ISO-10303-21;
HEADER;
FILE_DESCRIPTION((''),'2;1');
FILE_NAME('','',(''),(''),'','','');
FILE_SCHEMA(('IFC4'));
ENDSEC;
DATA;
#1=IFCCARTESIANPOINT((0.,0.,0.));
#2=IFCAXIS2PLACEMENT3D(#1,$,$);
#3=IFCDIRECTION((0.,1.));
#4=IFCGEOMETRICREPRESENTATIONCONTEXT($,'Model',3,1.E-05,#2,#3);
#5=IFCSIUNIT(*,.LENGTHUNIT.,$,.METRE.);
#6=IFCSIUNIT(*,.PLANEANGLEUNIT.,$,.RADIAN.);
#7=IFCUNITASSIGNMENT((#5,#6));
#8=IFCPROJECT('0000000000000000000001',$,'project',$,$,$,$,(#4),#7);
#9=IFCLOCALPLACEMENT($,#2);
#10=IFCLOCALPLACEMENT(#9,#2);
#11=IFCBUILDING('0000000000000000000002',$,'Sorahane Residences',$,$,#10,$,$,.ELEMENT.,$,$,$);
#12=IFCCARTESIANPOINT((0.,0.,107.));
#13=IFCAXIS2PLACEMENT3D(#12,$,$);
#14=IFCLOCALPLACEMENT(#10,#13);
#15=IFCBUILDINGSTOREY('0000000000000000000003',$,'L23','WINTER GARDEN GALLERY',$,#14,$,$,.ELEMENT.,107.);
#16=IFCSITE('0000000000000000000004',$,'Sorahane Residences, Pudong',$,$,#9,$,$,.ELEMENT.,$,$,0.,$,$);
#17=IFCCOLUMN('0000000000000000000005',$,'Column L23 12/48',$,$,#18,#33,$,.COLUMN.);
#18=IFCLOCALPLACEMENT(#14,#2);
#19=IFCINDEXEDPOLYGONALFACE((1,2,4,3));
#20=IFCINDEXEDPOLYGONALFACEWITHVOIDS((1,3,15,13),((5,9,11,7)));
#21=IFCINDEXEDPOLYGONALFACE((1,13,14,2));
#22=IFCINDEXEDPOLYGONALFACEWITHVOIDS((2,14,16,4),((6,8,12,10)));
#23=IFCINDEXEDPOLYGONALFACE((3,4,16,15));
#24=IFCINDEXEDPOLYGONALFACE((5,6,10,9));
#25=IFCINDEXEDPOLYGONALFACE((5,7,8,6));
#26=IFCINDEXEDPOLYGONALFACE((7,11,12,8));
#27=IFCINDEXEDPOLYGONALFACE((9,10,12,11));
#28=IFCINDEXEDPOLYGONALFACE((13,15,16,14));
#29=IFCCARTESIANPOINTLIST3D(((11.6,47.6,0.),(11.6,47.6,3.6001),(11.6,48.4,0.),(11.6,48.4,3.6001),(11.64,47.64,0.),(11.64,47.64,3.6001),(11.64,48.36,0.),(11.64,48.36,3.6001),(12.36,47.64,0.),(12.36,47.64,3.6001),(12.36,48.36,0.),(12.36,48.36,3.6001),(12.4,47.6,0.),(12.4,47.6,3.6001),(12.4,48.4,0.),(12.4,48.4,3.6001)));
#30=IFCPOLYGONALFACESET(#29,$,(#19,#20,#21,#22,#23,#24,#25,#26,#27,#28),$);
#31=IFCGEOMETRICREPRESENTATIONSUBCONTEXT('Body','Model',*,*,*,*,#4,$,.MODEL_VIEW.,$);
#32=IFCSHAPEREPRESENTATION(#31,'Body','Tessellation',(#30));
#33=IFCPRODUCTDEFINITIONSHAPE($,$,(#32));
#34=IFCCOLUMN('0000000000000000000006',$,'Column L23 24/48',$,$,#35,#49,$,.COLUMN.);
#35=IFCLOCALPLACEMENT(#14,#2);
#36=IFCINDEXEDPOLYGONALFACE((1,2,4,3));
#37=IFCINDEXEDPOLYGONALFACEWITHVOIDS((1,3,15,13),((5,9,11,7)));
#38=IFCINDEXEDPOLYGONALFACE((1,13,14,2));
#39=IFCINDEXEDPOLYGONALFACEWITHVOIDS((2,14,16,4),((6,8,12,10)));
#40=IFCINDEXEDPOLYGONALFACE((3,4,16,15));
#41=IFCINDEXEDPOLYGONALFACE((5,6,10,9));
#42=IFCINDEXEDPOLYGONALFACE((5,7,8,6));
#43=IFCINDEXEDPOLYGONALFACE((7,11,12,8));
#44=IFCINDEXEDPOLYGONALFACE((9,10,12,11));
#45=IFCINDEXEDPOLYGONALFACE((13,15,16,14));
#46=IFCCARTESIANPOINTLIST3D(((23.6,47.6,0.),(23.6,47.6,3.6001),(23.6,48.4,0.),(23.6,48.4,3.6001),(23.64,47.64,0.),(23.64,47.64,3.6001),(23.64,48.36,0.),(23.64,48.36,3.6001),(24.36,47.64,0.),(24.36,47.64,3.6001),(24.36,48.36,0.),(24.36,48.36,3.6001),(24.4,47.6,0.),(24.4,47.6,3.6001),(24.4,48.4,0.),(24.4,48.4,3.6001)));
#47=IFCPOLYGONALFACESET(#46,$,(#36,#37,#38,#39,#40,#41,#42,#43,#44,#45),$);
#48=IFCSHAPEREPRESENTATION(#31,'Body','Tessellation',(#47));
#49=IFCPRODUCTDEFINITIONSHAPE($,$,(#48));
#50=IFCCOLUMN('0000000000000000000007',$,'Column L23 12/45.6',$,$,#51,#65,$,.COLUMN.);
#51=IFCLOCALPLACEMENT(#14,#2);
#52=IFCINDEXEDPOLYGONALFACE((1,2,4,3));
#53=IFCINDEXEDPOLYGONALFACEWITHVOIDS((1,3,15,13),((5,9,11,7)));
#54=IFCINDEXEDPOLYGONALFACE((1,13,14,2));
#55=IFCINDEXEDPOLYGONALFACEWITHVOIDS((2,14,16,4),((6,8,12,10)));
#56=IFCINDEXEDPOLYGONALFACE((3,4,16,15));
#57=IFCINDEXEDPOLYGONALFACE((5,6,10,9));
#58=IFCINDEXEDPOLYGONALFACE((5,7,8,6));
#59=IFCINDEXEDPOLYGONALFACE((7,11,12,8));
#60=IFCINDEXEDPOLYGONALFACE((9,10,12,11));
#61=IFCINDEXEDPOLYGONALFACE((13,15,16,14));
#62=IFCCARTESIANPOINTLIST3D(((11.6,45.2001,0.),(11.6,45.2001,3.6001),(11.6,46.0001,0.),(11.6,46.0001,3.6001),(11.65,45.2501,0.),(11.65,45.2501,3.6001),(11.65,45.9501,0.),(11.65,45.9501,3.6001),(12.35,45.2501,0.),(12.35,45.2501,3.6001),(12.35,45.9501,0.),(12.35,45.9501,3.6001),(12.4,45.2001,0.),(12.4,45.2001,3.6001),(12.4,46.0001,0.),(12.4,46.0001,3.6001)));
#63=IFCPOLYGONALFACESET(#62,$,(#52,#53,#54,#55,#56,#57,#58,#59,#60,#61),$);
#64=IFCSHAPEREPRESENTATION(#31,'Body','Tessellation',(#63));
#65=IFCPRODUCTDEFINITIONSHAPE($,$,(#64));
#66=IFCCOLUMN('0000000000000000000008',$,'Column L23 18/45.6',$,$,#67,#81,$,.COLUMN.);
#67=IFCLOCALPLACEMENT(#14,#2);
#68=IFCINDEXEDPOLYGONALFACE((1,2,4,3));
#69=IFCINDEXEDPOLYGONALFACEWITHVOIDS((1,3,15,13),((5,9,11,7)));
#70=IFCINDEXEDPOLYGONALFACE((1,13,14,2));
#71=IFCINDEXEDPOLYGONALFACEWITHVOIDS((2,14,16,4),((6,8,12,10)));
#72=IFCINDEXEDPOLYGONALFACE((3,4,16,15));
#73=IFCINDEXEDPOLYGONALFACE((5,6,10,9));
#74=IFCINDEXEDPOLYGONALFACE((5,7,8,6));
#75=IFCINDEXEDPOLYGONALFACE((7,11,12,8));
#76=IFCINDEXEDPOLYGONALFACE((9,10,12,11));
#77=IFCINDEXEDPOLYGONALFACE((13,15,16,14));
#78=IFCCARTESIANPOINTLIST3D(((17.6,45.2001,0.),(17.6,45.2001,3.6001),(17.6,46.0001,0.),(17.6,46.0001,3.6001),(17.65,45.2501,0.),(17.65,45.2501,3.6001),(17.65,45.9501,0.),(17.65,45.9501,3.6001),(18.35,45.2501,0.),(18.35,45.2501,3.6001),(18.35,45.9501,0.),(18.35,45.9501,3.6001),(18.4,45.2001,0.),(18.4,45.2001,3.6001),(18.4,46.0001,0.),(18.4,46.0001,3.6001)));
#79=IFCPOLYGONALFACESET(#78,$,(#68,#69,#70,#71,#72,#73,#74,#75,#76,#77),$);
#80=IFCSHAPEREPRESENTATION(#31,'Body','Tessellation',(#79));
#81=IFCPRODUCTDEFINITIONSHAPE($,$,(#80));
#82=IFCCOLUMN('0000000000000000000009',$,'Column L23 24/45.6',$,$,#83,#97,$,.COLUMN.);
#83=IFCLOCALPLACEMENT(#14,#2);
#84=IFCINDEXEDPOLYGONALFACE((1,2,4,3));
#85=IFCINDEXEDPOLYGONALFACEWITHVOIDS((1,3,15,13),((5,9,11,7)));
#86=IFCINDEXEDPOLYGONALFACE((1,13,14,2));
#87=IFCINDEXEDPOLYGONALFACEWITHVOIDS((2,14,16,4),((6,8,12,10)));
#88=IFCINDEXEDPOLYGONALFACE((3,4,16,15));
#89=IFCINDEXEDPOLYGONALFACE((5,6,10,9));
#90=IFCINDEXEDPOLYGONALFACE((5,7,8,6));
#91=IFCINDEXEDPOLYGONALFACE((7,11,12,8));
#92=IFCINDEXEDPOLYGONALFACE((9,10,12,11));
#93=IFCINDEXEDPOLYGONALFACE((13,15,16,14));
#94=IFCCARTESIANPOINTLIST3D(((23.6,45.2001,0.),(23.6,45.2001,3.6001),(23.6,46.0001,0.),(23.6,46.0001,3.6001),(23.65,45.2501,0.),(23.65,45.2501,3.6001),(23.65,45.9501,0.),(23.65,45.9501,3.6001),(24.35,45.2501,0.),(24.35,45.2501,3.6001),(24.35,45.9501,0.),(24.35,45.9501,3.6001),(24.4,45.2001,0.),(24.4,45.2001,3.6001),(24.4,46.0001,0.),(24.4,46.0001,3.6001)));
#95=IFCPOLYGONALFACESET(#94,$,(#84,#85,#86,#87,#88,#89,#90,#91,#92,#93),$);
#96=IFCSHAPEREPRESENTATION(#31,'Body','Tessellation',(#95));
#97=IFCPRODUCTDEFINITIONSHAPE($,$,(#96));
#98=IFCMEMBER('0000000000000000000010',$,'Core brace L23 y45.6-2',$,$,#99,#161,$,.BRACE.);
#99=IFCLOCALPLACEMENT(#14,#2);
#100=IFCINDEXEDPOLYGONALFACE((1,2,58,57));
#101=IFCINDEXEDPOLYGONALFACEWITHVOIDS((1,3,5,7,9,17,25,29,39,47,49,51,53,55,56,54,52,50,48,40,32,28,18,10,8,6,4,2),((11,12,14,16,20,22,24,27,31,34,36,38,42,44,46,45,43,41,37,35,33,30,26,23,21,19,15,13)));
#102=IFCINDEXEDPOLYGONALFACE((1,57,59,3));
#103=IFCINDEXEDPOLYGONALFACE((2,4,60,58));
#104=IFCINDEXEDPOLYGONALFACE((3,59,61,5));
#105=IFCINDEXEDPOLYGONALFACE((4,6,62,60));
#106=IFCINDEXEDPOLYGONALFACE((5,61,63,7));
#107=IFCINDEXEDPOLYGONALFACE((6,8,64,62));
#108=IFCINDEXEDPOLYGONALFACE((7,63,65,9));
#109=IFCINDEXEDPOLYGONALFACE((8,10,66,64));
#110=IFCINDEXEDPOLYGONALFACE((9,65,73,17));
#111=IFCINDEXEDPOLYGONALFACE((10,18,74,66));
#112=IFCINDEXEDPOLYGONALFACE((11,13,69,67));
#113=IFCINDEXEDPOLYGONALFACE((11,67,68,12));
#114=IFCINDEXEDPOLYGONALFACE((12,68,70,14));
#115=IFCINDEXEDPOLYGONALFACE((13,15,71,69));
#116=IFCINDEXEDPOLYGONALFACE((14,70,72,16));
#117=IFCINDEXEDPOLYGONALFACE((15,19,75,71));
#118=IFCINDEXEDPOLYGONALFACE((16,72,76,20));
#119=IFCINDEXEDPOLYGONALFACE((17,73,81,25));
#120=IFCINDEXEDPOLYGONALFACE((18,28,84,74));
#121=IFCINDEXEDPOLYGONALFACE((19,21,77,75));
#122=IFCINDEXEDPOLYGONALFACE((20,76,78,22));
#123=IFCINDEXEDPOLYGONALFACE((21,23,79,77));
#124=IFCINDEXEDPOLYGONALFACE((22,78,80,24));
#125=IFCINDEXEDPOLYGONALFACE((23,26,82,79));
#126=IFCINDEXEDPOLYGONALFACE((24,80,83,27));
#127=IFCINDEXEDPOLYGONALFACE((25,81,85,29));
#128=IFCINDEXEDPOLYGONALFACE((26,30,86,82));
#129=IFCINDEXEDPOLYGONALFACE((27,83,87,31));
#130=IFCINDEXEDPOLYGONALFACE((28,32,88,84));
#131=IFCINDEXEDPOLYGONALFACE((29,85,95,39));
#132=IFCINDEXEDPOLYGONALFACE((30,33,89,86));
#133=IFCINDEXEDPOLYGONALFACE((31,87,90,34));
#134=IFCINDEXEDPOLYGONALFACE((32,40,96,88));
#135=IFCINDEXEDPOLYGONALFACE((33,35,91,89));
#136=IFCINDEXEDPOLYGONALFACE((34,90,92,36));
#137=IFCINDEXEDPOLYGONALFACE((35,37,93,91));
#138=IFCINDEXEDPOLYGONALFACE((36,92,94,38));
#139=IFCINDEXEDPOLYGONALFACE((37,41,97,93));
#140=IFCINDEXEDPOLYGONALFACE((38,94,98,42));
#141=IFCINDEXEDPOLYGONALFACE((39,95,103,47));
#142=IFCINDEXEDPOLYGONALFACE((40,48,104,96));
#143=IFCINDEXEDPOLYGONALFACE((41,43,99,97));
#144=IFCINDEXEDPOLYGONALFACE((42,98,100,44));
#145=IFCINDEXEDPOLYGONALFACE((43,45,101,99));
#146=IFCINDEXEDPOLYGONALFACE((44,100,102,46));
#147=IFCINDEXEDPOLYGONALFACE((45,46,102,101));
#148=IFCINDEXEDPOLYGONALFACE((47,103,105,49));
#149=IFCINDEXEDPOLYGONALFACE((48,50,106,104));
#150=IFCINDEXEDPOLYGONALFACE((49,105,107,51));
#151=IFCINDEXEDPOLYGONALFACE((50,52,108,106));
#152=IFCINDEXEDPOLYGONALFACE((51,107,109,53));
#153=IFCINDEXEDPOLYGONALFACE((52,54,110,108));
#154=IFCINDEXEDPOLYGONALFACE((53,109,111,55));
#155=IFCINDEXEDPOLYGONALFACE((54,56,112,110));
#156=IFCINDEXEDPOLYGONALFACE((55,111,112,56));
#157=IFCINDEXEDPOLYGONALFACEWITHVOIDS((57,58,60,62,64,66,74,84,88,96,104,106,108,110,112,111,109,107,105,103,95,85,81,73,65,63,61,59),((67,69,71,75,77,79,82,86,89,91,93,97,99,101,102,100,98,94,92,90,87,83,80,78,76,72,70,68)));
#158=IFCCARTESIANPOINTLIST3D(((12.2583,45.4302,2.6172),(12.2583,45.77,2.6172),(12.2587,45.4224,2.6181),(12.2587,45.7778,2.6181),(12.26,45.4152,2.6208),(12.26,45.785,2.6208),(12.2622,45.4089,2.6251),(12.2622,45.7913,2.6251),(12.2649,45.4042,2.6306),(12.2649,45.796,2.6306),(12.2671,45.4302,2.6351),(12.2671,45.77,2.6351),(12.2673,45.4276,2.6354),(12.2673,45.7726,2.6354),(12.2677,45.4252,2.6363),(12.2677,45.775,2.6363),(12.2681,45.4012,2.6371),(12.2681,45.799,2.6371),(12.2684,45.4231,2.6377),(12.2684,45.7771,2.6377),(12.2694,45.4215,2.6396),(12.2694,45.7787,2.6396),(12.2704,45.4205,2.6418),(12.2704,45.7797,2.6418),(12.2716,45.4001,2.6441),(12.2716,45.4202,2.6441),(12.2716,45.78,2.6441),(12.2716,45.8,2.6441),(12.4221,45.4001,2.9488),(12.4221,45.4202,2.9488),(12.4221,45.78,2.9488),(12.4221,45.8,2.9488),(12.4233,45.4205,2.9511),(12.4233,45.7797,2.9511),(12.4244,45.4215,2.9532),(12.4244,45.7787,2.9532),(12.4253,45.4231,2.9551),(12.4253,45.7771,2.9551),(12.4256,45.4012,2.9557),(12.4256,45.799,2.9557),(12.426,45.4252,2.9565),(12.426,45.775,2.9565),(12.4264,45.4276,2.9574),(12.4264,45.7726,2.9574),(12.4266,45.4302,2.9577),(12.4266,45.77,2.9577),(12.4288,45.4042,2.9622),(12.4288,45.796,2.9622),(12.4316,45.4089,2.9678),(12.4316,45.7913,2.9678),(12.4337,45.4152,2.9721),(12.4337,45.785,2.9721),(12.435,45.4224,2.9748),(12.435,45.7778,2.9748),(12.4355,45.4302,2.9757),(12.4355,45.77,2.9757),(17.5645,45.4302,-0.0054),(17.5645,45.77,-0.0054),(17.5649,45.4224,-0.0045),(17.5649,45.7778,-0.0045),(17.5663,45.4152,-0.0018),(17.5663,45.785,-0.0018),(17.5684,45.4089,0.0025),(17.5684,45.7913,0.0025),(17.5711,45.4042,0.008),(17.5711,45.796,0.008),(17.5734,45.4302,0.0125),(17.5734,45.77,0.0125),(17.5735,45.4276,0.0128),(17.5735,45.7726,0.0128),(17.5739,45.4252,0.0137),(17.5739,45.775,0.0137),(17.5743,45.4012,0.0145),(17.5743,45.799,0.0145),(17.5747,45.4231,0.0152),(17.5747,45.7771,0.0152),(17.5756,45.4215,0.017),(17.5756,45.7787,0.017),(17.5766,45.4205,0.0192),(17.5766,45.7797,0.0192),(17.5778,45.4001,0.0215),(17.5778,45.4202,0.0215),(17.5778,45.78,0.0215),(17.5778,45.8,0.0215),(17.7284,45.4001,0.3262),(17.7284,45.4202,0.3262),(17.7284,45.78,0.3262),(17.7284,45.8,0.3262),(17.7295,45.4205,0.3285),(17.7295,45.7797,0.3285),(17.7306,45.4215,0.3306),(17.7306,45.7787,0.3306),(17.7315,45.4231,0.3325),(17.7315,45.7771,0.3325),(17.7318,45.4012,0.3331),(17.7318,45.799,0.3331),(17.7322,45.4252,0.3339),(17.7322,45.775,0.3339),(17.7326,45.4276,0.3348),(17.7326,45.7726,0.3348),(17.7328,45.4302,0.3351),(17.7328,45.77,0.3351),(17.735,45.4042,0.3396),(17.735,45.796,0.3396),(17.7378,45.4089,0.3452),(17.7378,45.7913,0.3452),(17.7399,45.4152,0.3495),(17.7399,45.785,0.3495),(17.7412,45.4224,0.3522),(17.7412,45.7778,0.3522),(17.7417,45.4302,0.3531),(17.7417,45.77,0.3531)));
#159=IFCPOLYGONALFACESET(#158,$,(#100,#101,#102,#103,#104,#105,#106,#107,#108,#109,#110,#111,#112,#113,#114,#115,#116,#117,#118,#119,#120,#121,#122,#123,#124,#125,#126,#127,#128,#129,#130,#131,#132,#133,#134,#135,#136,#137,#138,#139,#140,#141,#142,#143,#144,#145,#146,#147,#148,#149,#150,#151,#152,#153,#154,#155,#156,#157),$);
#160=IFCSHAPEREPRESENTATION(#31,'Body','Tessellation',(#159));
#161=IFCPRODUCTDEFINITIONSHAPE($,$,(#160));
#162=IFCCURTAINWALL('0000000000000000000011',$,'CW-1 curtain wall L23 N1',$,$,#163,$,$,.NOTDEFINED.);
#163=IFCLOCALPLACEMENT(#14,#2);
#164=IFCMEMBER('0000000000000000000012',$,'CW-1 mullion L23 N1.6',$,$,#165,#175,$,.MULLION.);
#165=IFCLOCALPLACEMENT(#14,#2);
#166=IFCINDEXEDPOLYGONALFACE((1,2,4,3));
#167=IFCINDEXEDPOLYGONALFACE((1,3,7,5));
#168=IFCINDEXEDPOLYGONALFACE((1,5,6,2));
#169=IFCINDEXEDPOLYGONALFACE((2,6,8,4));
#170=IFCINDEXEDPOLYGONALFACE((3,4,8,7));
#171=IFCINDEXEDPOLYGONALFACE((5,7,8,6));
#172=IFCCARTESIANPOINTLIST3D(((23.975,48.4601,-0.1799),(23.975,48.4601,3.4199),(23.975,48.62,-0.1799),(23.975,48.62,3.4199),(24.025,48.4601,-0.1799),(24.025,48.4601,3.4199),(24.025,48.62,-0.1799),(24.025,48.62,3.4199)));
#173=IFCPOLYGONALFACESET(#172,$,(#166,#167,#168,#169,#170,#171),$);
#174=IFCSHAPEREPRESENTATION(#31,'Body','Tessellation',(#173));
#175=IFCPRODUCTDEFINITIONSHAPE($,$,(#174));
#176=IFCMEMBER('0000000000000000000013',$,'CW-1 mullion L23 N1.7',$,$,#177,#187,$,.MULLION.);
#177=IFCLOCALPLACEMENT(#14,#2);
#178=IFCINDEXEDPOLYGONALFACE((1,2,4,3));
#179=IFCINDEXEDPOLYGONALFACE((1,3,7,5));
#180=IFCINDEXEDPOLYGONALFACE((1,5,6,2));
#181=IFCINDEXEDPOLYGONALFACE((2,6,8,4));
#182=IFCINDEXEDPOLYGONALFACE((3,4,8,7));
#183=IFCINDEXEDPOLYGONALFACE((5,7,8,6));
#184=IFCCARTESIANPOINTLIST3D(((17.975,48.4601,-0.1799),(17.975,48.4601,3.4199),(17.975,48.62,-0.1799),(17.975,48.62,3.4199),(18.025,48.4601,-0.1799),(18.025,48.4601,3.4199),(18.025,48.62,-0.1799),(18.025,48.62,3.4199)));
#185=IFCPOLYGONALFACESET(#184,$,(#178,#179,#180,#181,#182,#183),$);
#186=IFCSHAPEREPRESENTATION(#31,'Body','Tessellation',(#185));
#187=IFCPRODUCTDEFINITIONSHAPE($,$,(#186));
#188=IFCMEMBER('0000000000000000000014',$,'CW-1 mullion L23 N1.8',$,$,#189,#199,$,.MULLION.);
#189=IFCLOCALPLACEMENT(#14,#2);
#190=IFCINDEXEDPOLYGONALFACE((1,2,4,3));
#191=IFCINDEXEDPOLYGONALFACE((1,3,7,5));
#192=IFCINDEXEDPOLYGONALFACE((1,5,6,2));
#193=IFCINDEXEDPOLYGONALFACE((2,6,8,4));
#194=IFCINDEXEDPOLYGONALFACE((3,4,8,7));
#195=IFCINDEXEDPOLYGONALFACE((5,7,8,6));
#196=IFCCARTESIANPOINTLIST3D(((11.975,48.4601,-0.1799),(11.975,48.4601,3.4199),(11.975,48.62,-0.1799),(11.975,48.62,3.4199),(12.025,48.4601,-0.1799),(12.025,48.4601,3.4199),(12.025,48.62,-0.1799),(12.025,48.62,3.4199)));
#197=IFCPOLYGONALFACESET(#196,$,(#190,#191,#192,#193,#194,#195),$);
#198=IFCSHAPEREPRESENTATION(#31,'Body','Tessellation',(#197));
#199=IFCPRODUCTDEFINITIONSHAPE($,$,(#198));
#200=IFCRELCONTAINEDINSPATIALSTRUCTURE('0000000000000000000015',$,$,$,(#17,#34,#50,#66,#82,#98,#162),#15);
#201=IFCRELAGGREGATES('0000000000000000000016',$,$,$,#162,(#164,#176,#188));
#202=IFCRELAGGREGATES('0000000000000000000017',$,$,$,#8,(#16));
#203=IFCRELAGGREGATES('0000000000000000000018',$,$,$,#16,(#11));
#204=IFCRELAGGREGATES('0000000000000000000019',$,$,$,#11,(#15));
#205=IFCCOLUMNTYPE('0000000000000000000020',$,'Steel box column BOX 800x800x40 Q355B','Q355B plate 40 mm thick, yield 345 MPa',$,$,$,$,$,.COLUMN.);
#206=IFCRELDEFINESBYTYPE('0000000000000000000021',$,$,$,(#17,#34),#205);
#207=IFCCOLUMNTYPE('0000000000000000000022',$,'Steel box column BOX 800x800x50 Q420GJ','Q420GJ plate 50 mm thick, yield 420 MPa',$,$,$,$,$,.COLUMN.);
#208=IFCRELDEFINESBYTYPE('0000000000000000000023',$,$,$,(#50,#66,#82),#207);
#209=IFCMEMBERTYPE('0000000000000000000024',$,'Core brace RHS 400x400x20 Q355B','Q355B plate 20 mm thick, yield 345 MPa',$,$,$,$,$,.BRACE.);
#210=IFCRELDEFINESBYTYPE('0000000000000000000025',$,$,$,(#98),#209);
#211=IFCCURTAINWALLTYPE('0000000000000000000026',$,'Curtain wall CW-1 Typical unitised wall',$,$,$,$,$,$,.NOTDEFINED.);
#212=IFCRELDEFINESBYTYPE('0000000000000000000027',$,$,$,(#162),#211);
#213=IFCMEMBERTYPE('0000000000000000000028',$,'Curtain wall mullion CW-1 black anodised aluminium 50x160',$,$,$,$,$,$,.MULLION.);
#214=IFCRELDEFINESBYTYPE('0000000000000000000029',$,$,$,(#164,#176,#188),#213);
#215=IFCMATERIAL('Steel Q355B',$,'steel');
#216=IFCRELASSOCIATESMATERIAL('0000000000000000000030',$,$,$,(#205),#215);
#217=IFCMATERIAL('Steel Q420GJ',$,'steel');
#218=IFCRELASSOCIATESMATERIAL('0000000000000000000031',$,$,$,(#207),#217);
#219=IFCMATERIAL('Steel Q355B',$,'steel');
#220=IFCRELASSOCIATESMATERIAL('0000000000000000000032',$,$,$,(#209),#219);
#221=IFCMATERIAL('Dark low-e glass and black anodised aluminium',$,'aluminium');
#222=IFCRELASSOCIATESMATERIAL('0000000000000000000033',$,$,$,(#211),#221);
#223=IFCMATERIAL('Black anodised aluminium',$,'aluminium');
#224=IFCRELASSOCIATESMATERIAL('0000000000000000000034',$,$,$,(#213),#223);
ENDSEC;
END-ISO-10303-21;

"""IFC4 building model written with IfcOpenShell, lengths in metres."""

from ifc_helpers import new_model, si_unit, direction, frame, origin, origin_2d, place, context, subcontext, project, spatial, rectangle, hollow_rectangle, extrude, material, material_profile, profile_set, type_object, element, aggregate, save


model = new_model("IFC4")

# Units and contexts
model_context = context("Model", 3, precision=1e-05, world=origin(), true_north=direction((0.0, 1.0)))
body_context = subcontext(model_context, "Body", "Model", "MODEL_VIEW")
ifc_project = project(units=[si_unit("LENGTHUNIT", "METRE"), si_unit("PLANEANGLEUNIT", "RADIAN")], contexts=[model_context])

# Site, building, storey
site_placement = place(None, origin())
site = spatial("IfcSite", under=ifc_project, at=site_placement, Name="Sorahane Residences, Pudong", CompositionType="ELEMENT", RefElevation=0.0)
building_placement = place(site_placement, origin())
building = spatial("IfcBuilding", under=site, at=building_placement, Name="Sorahane Residences", CompositionType="ELEMENT")
storey_placement = place(building_placement, frame((0.0, 0.0, 107.0)))
storey = spatial("IfcBuildingStorey", under=building, at=storey_placement, Name="L23", Description="WINTER GARDEN GALLERY", CompositionType="ELEMENT", Elevation=107.0)

# Columns
ifc_material_1 = material(Name="Steel Q355B", Category="steel")
ifc_material_profile_1 = material_profile(ifc_material_1, hollow_rectangle(XDim=0.8, YDim=0.8, WallThickness=0.04, at=origin_2d()), Name="BOX 800x800x40")
ifc_profile_set_1 = profile_set([ifc_material_profile_1], Name="Steel Q355B")
column_type_1 = type_object("IfcColumnType", Name="Steel box column BOX 800x800x40 Q355B", Description="Q355B plate 40 mm thick, yield 345 MPa", PredefinedType="COLUMN", material=ifc_profile_set_1)
for number, where, z_axis, x_axis, name in (
    (1, (12.0, 48.0, 0.0), (0.0, 0.0, 1.0), (1.0, 0.0, 0.0), "Column L23 12/48"),
    (2, (24.0, 48.0, 0.0), (0.0, 0.0, 1.0), (1.0, 0.0, 0.0), "Column L23 24/48"),
):
    element("IfcColumn", number, at=place(storey_placement, frame(where, z_axis=z_axis, x_axis=x_axis)), inside=storey, type_object=column_type_1, Name=name, PredefinedType="COLUMN", context=body_context, shape_type="SweptSolid", body=[
        extrude(hollow_rectangle(XDim=0.8, YDim=0.8, WallThickness=0.04, at=origin_2d()), origin(), (0.0, 0.0, 1.0), 3.6001),
    ])
ifc_material_2 = material(Name="Steel Q420GJ", Category="steel")
ifc_material_profile_2 = material_profile(ifc_material_2, hollow_rectangle(XDim=0.8, YDim=0.8, WallThickness=0.05, at=origin_2d()), Name="BOX 800x800x50")
ifc_profile_set_2 = profile_set([ifc_material_profile_2], Name="Steel Q420GJ")
column_type_2 = type_object("IfcColumnType", Name="Steel box column BOX 800x800x50 Q420GJ", Description="Q420GJ plate 50 mm thick, yield 420 MPa", PredefinedType="COLUMN", material=ifc_profile_set_2)
for number, where, z_axis, x_axis, name in (
    (3, (12.0, 45.6001, 0.0), (0.0, 0.0, 1.0), (1.0, 0.0, 0.0), "Column L23 12/45.6"),
    (4, (18.0, 45.6001, 0.0), (0.0, 0.0, 1.0), (1.0, 0.0, 0.0), "Column L23 18/45.6"),
    (5, (24.0, 45.6001, 0.0), (0.0, 0.0, 1.0), (1.0, 0.0, 0.0), "Column L23 24/45.6"),
):
    element("IfcColumn", number, at=place(storey_placement, frame(where, z_axis=z_axis, x_axis=x_axis)), inside=storey, type_object=column_type_2, Name=name, PredefinedType="COLUMN", context=body_context, shape_type="SweptSolid", body=[
        extrude(hollow_rectangle(XDim=0.8, YDim=0.8, WallThickness=0.05, at=origin_2d()), origin(), (0.0, 0.0, 1.0), 3.6001),
    ])

# Member
ifc_material_3 = material(Name="Steel Q355B", Category="steel")
ifc_material_profile_3 = material_profile(ifc_material_3, hollow_rectangle(XDim=0.3999, YDim=0.3999, WallThickness=0.02, InnerFilletRadius=0.01, OuterFilletRadius=0.03, at=origin_2d()), Name="RHS 400x400x20")
ifc_profile_set_3 = profile_set([ifc_material_profile_3], Name="Steel Q355B")
member_type_1 = type_object("IfcMemberType", Name="Core brace RHS 400x400x20 Q355B", Description="Q355B plate 20 mm thick, yield 345 MPa", PredefinedType="BRACE", material=ifc_profile_set_3)
member_1_placement = place(storey_placement, frame((17.6531, 45.6001, 0.1738), z_axis=(-0.89648, 0.0, 0.443084), x_axis=(0.0, -1.0, 0.0)))
element("IfcMember", 6, at=member_1_placement, inside=storey, type_object=member_type_1, Name="Core brace L23 y45.6-2", PredefinedType="BRACE", context=body_context, shape_type="SweptSolid", body=[
    extrude(hollow_rectangle(XDim=0.3999, YDim=0.3999, WallThickness=0.02, InnerFilletRadius=0.01, OuterFilletRadius=0.03, at=origin_2d()), origin(), (0.0, 0.0, 1.0), 5.9189),
])

# Curtain wall, members
ifc_material_4 = material(Name="Dark low-e glass and black anodised aluminium", Category="aluminium")
curtain_wall_type = type_object("IfcCurtainWallType", Name="Curtain wall CW-1 Typical unitised wall", PredefinedType="NOTDEFINED", material=ifc_material_4)
curtain_wall_placement = place(storey_placement, origin())
curtain_wall = element("IfcCurtainWall", 7, at=curtain_wall_placement, inside=storey, type_object=curtain_wall_type, Name="CW-1 curtain wall L23 N1", PredefinedType="NOTDEFINED")
ifc_material_5 = material(Name="Black anodised aluminium", Category="aluminium")
ifc_material_profile_4 = material_profile(ifc_material_5, rectangle(XDim=0.1599, YDim=0.05, at=origin_2d()), Name="Curtain wall mullion CW-1 black anodised aluminium 50x160")
ifc_profile_set_4 = profile_set([ifc_material_profile_4], Name="Black anodised aluminium")
member_type_2 = type_object("IfcMemberType", Name="Curtain wall mullion CW-1 black anodised aluminium 50x160", PredefinedType="MULLION", material=ifc_profile_set_4)
member_2_placement = place(storey_placement, frame((24.0, 48.54, -0.1799), z_axis=(0.0, 0.0, 1.0), x_axis=(0.0, 1.0, 0.0)))
member_2 = element("IfcMember", 8, at=member_2_placement, type_object=member_type_2, Name="CW-1 mullion L23 N1.6", PredefinedType="MULLION", context=body_context, shape_type="SweptSolid", body=[
    extrude(rectangle(XDim=0.1599, YDim=0.05, at=origin_2d()), origin(), (0.0, 0.0, 1.0), 3.5999),
])
member_3_placement = place(storey_placement, frame((18.0, 48.54, -0.1799), z_axis=(0.0, 0.0, 1.0), x_axis=(0.0, 1.0, 0.0)))
member_3 = element("IfcMember", 9, at=member_3_placement, type_object=member_type_2, Name="CW-1 mullion L23 N1.7", PredefinedType="MULLION", context=body_context, shape_type="SweptSolid", body=[
    extrude(rectangle(XDim=0.1599, YDim=0.05, at=origin_2d()), origin(), (0.0, 0.0, 1.0), 3.5999),
])
member_4_placement = place(storey_placement, frame((12.0, 48.54, -0.1799), z_axis=(0.0, 0.0, 1.0), x_axis=(0.0, 1.0, 0.0)))
member_4 = element("IfcMember", 10, at=member_4_placement, type_object=member_type_2, Name="CW-1 mullion L23 N1.8", PredefinedType="MULLION", context=body_context, shape_type="SweptSolid", body=[
    extrude(rectangle(XDim=0.1599, YDim=0.05, at=origin_2d()), origin(), (0.0, 0.0, 1.0), 3.5999),
])

aggregate(curtain_wall, [member_2, member_3, member_4])

save(model, "model.ifc")
